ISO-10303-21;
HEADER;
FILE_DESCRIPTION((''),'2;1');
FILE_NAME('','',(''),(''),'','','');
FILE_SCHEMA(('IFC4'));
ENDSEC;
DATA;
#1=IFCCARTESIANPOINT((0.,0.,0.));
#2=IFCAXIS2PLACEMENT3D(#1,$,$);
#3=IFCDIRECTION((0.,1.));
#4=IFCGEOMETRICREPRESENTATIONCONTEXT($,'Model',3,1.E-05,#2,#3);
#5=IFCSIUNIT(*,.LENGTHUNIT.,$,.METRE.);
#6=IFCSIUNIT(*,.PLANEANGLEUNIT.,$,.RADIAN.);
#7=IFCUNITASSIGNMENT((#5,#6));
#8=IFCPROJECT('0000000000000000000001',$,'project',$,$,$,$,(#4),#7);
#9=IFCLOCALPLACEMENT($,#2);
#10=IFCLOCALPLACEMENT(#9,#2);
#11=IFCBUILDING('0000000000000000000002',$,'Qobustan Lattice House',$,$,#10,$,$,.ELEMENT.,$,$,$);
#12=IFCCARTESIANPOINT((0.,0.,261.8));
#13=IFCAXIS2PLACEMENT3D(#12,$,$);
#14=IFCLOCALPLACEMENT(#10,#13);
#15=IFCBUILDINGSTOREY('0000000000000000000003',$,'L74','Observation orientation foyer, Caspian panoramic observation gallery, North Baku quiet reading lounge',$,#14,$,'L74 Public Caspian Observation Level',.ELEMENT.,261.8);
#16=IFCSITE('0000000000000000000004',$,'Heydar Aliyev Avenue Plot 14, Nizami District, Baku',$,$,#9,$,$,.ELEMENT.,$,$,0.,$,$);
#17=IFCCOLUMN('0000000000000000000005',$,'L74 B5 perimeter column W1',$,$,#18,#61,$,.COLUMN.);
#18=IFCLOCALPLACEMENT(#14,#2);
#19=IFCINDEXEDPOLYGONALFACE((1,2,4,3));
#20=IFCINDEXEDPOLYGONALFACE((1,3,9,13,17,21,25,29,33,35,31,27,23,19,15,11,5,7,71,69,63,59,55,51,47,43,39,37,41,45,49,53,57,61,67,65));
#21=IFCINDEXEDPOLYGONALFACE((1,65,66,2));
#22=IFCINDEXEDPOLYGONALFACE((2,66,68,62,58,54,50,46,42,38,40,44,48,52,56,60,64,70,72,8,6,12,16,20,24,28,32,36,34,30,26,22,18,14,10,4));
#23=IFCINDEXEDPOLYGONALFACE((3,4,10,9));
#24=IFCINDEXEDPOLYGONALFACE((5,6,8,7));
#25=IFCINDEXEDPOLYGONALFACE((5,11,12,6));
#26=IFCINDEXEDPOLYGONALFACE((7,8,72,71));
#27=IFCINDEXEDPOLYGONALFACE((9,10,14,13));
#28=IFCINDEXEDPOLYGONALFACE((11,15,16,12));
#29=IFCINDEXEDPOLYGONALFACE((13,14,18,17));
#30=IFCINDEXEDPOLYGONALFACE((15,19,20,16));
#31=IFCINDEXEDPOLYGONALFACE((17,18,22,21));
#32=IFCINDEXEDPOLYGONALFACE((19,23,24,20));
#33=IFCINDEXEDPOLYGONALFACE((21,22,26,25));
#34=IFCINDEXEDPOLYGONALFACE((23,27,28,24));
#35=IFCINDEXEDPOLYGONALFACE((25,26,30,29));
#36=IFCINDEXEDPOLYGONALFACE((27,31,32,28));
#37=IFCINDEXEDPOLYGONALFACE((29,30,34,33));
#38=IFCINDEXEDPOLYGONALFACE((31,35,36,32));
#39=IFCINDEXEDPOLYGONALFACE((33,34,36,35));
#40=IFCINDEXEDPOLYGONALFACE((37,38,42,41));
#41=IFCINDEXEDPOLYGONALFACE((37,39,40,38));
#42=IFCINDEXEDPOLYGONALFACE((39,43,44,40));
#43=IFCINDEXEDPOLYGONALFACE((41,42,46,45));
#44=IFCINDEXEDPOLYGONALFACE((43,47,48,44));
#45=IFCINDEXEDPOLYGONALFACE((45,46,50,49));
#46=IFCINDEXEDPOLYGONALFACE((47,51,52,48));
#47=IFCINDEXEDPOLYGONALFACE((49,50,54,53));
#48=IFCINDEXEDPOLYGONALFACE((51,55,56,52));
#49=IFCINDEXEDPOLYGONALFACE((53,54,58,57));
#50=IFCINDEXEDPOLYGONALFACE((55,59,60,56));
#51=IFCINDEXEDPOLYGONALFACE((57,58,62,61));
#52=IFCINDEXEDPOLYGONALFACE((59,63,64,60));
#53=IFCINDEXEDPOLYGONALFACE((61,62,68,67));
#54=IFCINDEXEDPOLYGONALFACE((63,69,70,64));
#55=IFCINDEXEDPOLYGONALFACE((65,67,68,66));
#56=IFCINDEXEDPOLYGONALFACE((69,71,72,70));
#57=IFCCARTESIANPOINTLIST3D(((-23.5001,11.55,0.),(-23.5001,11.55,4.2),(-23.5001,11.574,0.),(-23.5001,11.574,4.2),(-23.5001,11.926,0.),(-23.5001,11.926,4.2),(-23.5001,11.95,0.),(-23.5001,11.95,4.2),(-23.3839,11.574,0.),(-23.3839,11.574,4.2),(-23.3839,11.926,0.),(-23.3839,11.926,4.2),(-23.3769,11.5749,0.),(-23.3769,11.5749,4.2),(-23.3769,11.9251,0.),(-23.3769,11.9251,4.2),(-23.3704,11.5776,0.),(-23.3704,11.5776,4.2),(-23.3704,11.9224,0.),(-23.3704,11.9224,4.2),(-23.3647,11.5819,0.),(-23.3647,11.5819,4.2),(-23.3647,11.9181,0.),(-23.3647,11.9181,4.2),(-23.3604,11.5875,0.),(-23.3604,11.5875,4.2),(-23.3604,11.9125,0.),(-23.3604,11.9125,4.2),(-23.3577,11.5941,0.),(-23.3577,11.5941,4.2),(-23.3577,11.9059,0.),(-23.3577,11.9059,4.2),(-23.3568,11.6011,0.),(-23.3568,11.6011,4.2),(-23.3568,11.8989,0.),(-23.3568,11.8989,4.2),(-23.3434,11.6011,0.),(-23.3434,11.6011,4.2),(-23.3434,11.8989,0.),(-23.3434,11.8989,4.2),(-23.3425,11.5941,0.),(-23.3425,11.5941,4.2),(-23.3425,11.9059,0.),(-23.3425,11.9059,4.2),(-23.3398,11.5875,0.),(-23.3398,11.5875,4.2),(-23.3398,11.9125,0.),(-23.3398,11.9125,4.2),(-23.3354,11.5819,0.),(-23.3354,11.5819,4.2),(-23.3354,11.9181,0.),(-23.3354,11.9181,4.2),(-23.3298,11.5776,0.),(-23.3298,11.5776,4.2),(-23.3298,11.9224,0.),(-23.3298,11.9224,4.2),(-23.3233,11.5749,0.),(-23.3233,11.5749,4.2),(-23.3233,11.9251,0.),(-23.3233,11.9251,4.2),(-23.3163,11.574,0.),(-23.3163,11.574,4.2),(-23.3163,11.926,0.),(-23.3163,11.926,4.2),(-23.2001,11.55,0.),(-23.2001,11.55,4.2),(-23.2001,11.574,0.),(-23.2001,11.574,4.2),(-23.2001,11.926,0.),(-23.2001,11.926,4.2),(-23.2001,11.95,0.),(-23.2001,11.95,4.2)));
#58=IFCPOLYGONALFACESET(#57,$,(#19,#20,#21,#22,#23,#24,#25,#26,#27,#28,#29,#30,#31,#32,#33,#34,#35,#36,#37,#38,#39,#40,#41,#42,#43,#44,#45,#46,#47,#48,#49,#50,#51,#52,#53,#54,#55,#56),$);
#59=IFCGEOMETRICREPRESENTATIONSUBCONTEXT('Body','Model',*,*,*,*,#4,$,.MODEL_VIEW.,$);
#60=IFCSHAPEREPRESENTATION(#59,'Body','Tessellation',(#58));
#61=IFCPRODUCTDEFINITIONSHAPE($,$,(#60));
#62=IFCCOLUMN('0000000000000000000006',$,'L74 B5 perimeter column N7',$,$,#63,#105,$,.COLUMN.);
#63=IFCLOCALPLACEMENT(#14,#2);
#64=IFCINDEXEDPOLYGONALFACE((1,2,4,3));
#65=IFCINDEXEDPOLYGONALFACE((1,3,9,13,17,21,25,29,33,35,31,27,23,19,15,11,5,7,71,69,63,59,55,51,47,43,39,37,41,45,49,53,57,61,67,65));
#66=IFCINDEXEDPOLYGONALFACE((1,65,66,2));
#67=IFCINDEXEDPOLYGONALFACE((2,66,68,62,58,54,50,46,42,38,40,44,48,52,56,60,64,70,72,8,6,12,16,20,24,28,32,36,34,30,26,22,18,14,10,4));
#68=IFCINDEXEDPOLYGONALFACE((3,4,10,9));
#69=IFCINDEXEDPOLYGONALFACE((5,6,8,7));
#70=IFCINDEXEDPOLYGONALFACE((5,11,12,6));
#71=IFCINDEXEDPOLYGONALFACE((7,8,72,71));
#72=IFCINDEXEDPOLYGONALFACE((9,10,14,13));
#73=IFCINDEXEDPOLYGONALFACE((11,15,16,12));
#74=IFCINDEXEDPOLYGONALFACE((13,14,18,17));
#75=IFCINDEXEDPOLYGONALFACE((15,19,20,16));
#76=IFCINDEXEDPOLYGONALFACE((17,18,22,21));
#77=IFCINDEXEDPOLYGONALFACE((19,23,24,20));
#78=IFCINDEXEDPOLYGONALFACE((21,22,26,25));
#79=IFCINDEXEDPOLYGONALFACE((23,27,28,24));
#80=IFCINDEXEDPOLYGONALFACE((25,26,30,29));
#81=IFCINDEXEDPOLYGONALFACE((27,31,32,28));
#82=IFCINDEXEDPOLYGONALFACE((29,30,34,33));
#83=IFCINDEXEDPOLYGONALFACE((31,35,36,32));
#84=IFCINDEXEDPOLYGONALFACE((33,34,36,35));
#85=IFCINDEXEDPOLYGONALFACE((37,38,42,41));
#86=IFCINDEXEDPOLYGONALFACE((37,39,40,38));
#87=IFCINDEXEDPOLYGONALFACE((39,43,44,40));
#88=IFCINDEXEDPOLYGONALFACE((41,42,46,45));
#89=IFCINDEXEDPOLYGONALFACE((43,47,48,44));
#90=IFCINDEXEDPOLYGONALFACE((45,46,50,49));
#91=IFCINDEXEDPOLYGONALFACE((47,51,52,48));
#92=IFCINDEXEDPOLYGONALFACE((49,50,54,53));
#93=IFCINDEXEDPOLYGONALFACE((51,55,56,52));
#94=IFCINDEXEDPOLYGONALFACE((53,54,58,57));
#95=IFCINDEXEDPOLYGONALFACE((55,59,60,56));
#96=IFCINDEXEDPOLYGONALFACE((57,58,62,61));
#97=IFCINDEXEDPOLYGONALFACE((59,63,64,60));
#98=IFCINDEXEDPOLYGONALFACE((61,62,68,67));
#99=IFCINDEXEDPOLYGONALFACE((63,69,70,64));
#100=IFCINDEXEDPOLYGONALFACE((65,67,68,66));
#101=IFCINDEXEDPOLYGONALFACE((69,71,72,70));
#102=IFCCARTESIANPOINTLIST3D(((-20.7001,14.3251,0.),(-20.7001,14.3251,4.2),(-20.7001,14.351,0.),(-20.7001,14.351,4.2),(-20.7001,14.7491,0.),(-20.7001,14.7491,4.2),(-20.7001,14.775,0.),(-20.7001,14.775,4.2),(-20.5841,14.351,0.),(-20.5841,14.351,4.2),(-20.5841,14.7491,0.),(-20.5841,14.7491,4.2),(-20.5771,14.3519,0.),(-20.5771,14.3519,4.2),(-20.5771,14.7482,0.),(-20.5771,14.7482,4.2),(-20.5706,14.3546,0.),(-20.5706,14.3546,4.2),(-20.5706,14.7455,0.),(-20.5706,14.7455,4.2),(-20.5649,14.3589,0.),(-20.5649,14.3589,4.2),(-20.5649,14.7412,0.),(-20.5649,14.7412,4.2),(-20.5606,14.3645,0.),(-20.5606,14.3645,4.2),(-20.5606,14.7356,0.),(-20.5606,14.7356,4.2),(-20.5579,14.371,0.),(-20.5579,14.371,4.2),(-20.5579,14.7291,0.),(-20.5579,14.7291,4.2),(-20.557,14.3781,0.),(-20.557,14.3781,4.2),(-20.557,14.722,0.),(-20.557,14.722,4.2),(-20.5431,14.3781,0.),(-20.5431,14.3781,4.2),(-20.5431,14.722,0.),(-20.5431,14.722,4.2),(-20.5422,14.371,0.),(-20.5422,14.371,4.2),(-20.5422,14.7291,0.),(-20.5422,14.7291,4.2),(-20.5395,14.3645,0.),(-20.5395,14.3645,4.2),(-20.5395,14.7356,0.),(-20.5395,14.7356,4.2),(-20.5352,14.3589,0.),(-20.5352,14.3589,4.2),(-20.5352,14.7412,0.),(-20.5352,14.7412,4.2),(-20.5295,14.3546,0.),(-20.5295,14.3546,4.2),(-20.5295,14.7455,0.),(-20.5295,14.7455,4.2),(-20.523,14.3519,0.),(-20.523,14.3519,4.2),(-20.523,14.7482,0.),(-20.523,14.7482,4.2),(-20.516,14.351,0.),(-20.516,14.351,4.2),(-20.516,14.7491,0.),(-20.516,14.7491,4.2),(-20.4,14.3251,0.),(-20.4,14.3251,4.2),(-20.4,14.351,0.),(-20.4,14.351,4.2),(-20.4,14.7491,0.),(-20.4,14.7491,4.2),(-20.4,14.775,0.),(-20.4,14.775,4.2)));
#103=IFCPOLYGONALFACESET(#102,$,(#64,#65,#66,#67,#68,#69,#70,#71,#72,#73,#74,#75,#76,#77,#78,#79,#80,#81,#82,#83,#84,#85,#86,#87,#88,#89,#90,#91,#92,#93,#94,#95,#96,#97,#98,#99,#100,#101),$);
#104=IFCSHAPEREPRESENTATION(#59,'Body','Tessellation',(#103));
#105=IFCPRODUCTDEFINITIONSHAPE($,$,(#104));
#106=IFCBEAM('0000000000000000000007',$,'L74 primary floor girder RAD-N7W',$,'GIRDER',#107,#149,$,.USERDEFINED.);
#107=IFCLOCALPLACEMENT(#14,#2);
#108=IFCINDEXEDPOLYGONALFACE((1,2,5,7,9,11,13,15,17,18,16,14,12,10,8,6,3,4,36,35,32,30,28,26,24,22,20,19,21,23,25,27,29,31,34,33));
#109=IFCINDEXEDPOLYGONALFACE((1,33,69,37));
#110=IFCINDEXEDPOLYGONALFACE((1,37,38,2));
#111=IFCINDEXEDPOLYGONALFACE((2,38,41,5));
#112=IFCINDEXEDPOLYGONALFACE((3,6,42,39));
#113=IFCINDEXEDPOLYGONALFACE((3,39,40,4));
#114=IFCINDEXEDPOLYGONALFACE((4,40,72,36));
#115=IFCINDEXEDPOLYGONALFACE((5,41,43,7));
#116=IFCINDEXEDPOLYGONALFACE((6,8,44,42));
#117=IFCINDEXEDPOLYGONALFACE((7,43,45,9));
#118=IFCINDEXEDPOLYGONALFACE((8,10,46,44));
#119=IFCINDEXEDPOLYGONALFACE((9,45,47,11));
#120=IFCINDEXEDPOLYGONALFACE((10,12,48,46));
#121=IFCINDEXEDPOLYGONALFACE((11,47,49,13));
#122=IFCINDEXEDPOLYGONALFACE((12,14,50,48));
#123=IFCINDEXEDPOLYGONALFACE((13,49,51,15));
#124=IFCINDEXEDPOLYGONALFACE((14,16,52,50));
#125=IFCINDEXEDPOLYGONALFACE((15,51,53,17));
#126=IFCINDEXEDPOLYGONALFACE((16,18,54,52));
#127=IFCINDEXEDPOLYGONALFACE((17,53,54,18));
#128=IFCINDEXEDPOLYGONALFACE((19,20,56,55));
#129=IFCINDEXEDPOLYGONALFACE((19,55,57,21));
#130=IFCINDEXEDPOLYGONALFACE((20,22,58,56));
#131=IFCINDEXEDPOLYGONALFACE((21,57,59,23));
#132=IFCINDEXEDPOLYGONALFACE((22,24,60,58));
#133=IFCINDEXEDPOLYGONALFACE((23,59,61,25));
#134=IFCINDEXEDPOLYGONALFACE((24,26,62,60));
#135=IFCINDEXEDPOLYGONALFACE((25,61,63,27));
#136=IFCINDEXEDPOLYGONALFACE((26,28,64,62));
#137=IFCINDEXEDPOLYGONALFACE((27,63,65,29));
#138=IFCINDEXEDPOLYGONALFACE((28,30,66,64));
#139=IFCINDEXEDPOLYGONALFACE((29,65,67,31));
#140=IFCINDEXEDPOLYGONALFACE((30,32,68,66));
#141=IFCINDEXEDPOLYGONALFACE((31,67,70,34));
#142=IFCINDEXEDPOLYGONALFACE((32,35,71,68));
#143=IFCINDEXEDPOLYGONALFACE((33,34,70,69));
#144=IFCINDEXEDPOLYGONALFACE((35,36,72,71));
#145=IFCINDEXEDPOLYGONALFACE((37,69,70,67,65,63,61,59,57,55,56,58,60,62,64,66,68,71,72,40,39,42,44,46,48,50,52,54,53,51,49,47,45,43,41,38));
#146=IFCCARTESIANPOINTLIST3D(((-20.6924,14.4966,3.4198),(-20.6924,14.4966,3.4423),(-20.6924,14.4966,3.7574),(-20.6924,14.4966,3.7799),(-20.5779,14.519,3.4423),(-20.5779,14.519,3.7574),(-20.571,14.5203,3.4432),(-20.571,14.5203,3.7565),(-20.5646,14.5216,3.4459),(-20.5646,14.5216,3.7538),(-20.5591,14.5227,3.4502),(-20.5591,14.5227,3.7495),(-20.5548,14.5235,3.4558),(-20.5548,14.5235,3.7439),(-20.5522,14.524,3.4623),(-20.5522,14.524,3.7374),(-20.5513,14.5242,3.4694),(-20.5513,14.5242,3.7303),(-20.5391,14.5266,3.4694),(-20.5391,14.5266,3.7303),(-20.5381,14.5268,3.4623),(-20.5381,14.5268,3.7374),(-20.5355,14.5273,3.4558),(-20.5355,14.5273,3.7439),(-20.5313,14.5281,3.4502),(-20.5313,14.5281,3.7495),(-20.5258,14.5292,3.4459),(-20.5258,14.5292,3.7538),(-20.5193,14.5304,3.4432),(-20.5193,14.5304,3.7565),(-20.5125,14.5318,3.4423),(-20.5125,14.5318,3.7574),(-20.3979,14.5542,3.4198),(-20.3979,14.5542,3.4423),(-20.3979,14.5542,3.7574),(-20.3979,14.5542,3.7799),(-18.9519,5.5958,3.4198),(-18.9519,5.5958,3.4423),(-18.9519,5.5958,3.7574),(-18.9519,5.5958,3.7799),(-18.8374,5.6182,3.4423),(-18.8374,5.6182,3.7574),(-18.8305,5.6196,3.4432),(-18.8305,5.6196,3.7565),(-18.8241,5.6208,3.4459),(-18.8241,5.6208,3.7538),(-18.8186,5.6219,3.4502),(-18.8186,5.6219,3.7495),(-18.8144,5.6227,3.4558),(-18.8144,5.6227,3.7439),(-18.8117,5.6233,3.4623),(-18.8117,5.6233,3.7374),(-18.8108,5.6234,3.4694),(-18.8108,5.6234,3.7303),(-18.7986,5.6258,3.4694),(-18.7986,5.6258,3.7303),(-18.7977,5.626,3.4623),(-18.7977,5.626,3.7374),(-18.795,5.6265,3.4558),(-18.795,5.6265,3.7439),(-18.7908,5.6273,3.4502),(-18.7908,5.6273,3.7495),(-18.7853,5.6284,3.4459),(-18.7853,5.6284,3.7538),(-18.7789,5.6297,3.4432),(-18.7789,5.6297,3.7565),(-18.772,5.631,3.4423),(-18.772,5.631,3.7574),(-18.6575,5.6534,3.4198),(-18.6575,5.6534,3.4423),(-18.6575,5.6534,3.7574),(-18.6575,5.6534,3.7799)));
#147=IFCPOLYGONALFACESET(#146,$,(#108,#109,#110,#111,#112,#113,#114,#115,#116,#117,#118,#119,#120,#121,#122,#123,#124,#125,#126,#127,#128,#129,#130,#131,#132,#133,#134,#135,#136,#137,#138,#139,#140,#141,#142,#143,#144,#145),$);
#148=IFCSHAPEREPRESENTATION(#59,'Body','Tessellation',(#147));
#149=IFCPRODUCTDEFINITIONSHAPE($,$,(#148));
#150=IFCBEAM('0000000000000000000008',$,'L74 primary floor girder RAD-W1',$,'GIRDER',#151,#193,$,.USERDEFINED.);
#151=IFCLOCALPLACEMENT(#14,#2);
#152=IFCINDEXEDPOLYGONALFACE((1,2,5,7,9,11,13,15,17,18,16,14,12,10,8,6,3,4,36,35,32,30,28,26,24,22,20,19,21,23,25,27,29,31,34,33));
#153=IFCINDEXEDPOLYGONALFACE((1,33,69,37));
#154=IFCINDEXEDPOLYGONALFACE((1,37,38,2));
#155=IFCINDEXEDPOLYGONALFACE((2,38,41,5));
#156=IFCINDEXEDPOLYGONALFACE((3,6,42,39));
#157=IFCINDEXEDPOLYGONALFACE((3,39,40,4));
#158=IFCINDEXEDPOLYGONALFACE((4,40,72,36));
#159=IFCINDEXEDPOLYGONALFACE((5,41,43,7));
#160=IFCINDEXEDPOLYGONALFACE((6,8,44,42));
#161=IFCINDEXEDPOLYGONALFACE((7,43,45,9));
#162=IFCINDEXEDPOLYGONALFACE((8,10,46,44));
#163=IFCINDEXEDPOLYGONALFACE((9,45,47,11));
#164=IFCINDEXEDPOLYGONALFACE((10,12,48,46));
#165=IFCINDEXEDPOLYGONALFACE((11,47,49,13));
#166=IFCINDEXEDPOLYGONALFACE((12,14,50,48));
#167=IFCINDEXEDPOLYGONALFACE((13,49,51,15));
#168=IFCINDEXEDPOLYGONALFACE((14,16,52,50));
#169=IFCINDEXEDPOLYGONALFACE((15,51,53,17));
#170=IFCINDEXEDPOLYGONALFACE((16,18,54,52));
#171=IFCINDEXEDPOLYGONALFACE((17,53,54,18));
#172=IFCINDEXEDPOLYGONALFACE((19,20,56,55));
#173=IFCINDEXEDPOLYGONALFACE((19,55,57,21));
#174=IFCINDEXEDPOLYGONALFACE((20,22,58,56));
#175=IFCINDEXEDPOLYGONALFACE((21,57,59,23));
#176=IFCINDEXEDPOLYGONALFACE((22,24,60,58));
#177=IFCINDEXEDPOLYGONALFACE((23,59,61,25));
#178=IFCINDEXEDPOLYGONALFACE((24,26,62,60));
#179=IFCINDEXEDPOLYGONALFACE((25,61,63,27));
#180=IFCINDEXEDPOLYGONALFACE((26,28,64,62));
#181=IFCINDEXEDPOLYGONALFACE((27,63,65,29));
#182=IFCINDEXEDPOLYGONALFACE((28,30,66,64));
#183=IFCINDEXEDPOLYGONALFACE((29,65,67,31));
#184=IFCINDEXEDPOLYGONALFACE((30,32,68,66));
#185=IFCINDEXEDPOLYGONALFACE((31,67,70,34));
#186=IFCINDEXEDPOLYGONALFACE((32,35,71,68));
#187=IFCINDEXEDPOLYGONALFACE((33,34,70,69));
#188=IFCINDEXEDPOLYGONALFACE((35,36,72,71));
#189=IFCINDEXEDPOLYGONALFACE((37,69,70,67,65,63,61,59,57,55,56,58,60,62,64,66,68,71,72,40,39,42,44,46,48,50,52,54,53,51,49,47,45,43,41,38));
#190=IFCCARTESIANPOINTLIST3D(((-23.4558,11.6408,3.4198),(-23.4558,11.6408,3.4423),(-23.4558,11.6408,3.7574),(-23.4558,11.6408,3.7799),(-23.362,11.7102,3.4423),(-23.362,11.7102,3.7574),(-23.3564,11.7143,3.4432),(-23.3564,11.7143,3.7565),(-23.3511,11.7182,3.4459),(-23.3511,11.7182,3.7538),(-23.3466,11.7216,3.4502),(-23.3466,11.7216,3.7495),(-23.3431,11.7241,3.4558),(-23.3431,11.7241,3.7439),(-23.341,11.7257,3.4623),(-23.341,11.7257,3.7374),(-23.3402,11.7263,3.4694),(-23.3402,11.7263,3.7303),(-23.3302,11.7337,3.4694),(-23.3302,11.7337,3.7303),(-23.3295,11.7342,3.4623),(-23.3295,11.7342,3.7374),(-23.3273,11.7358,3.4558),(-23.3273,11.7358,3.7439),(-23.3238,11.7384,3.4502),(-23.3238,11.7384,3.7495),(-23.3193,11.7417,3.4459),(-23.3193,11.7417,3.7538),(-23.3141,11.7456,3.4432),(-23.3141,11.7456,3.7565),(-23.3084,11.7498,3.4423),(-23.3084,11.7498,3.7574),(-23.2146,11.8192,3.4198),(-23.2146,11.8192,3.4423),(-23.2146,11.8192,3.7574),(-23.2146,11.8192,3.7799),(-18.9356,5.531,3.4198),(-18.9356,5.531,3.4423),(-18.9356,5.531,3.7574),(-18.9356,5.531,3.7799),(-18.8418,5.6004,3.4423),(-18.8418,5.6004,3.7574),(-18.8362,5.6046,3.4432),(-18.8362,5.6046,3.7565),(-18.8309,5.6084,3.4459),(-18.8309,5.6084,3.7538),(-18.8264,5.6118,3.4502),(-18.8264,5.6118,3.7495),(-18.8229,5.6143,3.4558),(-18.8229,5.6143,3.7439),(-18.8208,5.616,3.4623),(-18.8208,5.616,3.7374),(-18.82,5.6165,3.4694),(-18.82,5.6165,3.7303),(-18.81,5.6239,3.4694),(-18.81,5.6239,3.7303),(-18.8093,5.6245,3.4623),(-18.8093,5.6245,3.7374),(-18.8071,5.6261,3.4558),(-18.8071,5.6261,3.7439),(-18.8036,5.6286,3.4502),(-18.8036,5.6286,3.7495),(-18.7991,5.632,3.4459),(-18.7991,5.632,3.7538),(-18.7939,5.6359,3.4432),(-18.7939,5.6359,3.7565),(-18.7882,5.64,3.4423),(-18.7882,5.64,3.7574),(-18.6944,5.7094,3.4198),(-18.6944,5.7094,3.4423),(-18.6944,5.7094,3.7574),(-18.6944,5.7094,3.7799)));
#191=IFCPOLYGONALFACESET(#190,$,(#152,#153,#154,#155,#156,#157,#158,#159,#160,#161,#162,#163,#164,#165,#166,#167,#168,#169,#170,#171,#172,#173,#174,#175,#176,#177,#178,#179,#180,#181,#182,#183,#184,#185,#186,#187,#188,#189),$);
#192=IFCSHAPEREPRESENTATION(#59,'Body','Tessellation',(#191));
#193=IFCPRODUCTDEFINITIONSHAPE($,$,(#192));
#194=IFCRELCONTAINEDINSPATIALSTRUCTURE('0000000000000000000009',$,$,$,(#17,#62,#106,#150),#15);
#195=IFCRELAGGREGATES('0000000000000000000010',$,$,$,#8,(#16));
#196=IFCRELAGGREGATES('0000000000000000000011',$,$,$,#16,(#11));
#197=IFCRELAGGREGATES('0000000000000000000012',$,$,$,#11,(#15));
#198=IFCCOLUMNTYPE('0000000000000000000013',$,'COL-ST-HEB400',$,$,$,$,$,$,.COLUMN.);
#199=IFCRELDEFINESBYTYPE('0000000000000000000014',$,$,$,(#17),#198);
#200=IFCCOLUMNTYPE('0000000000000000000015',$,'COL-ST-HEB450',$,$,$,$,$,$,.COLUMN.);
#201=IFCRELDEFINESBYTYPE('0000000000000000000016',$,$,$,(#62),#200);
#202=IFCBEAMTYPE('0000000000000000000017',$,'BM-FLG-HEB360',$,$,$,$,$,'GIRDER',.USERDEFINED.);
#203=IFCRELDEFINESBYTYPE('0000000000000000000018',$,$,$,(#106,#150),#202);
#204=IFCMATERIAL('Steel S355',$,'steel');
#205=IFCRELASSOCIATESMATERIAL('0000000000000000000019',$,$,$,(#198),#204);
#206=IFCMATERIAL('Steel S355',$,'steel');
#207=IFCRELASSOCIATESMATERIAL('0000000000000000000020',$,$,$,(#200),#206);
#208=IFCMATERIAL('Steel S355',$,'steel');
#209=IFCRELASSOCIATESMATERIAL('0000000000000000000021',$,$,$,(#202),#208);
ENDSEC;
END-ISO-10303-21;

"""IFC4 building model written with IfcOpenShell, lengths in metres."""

from ifc_helpers import new_model, si_unit, direction, frame, origin, origin_2d, place, context, subcontext, project, spatial, i_section, extrude, material, material_profile, profile_set, type_object, element, save


model = new_model("IFC4")

# Units and contexts
model_context = context("Model", 3, precision=1e-05, world=origin(), true_north=direction((0.0, 1.0)))
body_context = subcontext(model_context, "Body", "Model", "MODEL_VIEW")
ifc_project = project(units=[si_unit("LENGTHUNIT", "METRE"), si_unit("PLANEANGLEUNIT", "RADIAN")], contexts=[model_context])

# Site, building, storey
site_placement = place(None, origin())
site = spatial("IfcSite", under=ifc_project, at=site_placement, Name="Heydar Aliyev Avenue Plot 14, Nizami District, Baku", CompositionType="ELEMENT", RefElevation=0.0)
building_placement = place(site_placement, origin())
building = spatial("IfcBuilding", under=site, at=building_placement, Name="Qobustan Lattice House", CompositionType="ELEMENT")
storey_placement = place(building_placement, frame((0.0, 0.0, 261.8)))
storey = spatial("IfcBuildingStorey", under=building, at=storey_placement, Name="L74", Description="Observation orientation foyer, Caspian panoramic observation gallery, North Baku quiet reading lounge", LongName="L74 Public Caspian Observation Level", CompositionType="ELEMENT", Elevation=261.8)

# Columns
ifc_material_1 = material(Name="Steel S355", Category="steel")
ifc_material_profile_1 = material_profile(ifc_material_1, i_section(OverallWidth=0.3, OverallDepth=0.3999, WebThickness=0.0134, FlangeThickness=0.0239, FilletRadius=0.0271, at=origin_2d()), Name="HEB400")
ifc_profile_set_1 = profile_set([ifc_material_profile_1], Name="Steel S355")
column_type_1 = type_object("IfcColumnType", Name="COL-ST-HEB400", PredefinedType="COLUMN", material=ifc_profile_set_1)
column_1_placement = place(storey_placement, frame((-23.3501, 11.75, 0.0), z_axis=(0.0, 0.0, 1.0), x_axis=(1.0, 0.0, 0.0)))
element("IfcColumn", 1, at=column_1_placement, inside=storey, type_object=column_type_1, Name="L74 B5 perimeter column W1", PredefinedType="COLUMN", context=body_context, shape_type="SweptSolid", body=[
    extrude(i_section(OverallWidth=0.3, OverallDepth=0.3999, WebThickness=0.0134, FlangeThickness=0.0239, FilletRadius=0.0271, at=origin_2d()), origin(), (0.0, 0.0, 1.0), 4.2),
])
ifc_material_2 = material(Name="Steel S355", Category="steel")
ifc_material_profile_2 = material_profile(ifc_material_2, i_section(OverallWidth=0.3, OverallDepth=0.45, WebThickness=0.0139, FlangeThickness=0.0259, FilletRadius=0.0271, at=origin_2d()), Name="HEB450")
ifc_profile_set_2 = profile_set([ifc_material_profile_2], Name="Steel S355")
column_type_2 = type_object("IfcColumnType", Name="COL-ST-HEB450", PredefinedType="COLUMN", material=ifc_profile_set_2)
column_2_placement = place(storey_placement, frame((-20.55, 14.55, 0.0), z_axis=(0.0, 0.0, 1.0), x_axis=(1.0, 0.0, 0.0)))
element("IfcColumn", 2, at=column_2_placement, inside=storey, type_object=column_type_2, Name="L74 B5 perimeter column N7", PredefinedType="COLUMN", context=body_context, shape_type="SweptSolid", body=[
    extrude(i_section(OverallWidth=0.3, OverallDepth=0.45, WebThickness=0.0139, FlangeThickness=0.0259, FilletRadius=0.0271, at=origin_2d()), origin(), (0.0, 0.0, 1.0), 4.2),
])

# Beams
ifc_material_3 = material(Name="Steel S355", Category="steel")
ifc_material_profile_3 = material_profile(ifc_material_3, i_section(OverallWidth=0.3, OverallDepth=0.3601, WebThickness=0.0125, FlangeThickness=0.0225, FilletRadius=0.0271, at=origin_2d()), Name="HEB360")
ifc_profile_set_3 = profile_set([ifc_material_profile_3], Name="Steel S355")
beam_type_1 = type_object("IfcBeamType", Name="BM-FLG-HEB360", ElementType="GIRDER", PredefinedType="USERDEFINED", material=ifc_profile_set_3)
beam_1_placement = place(storey_placement, frame((-20.5452, 14.5254, 3.5999), z_axis=(0.191906, -0.981413, 0.0), x_axis=(0.981413, 0.191906, 0.0)))
element("IfcBeam", 3, at=beam_1_placement, inside=storey, type_object=beam_type_1, Name="L74 primary floor girder RAD-N7W", ObjectType="GIRDER", PredefinedType="USERDEFINED", context=body_context, shape_type="SweptSolid", body=[
    extrude(i_section(OverallWidth=0.3, OverallDepth=0.3601, WebThickness=0.0125, FlangeThickness=0.0225, FilletRadius=0.0271, at=origin_2d()), origin(), (0.0, 0.0, 1.0), 9.0693),
])
beam_2_placement = place(storey_placement, frame((-23.3352, 11.73, 3.5999), z_axis=(0.594755, -0.803907, 0.0), x_axis=(0.803907, 0.594755, 0.0)))
element("IfcBeam", 4, at=beam_2_placement, inside=storey, type_object=beam_type_1, Name="L74 primary floor girder RAD-W1", ObjectType="GIRDER", PredefinedType="USERDEFINED", context=body_context, shape_type="SweptSolid", body=[
    extrude(i_section(OverallWidth=0.3, OverallDepth=0.3601, WebThickness=0.0125, FlangeThickness=0.0225, FilletRadius=0.0271, at=origin_2d()), origin(), (0.0, 0.0, 1.0), 7.6001),
])

save(model, "model.ifc")
